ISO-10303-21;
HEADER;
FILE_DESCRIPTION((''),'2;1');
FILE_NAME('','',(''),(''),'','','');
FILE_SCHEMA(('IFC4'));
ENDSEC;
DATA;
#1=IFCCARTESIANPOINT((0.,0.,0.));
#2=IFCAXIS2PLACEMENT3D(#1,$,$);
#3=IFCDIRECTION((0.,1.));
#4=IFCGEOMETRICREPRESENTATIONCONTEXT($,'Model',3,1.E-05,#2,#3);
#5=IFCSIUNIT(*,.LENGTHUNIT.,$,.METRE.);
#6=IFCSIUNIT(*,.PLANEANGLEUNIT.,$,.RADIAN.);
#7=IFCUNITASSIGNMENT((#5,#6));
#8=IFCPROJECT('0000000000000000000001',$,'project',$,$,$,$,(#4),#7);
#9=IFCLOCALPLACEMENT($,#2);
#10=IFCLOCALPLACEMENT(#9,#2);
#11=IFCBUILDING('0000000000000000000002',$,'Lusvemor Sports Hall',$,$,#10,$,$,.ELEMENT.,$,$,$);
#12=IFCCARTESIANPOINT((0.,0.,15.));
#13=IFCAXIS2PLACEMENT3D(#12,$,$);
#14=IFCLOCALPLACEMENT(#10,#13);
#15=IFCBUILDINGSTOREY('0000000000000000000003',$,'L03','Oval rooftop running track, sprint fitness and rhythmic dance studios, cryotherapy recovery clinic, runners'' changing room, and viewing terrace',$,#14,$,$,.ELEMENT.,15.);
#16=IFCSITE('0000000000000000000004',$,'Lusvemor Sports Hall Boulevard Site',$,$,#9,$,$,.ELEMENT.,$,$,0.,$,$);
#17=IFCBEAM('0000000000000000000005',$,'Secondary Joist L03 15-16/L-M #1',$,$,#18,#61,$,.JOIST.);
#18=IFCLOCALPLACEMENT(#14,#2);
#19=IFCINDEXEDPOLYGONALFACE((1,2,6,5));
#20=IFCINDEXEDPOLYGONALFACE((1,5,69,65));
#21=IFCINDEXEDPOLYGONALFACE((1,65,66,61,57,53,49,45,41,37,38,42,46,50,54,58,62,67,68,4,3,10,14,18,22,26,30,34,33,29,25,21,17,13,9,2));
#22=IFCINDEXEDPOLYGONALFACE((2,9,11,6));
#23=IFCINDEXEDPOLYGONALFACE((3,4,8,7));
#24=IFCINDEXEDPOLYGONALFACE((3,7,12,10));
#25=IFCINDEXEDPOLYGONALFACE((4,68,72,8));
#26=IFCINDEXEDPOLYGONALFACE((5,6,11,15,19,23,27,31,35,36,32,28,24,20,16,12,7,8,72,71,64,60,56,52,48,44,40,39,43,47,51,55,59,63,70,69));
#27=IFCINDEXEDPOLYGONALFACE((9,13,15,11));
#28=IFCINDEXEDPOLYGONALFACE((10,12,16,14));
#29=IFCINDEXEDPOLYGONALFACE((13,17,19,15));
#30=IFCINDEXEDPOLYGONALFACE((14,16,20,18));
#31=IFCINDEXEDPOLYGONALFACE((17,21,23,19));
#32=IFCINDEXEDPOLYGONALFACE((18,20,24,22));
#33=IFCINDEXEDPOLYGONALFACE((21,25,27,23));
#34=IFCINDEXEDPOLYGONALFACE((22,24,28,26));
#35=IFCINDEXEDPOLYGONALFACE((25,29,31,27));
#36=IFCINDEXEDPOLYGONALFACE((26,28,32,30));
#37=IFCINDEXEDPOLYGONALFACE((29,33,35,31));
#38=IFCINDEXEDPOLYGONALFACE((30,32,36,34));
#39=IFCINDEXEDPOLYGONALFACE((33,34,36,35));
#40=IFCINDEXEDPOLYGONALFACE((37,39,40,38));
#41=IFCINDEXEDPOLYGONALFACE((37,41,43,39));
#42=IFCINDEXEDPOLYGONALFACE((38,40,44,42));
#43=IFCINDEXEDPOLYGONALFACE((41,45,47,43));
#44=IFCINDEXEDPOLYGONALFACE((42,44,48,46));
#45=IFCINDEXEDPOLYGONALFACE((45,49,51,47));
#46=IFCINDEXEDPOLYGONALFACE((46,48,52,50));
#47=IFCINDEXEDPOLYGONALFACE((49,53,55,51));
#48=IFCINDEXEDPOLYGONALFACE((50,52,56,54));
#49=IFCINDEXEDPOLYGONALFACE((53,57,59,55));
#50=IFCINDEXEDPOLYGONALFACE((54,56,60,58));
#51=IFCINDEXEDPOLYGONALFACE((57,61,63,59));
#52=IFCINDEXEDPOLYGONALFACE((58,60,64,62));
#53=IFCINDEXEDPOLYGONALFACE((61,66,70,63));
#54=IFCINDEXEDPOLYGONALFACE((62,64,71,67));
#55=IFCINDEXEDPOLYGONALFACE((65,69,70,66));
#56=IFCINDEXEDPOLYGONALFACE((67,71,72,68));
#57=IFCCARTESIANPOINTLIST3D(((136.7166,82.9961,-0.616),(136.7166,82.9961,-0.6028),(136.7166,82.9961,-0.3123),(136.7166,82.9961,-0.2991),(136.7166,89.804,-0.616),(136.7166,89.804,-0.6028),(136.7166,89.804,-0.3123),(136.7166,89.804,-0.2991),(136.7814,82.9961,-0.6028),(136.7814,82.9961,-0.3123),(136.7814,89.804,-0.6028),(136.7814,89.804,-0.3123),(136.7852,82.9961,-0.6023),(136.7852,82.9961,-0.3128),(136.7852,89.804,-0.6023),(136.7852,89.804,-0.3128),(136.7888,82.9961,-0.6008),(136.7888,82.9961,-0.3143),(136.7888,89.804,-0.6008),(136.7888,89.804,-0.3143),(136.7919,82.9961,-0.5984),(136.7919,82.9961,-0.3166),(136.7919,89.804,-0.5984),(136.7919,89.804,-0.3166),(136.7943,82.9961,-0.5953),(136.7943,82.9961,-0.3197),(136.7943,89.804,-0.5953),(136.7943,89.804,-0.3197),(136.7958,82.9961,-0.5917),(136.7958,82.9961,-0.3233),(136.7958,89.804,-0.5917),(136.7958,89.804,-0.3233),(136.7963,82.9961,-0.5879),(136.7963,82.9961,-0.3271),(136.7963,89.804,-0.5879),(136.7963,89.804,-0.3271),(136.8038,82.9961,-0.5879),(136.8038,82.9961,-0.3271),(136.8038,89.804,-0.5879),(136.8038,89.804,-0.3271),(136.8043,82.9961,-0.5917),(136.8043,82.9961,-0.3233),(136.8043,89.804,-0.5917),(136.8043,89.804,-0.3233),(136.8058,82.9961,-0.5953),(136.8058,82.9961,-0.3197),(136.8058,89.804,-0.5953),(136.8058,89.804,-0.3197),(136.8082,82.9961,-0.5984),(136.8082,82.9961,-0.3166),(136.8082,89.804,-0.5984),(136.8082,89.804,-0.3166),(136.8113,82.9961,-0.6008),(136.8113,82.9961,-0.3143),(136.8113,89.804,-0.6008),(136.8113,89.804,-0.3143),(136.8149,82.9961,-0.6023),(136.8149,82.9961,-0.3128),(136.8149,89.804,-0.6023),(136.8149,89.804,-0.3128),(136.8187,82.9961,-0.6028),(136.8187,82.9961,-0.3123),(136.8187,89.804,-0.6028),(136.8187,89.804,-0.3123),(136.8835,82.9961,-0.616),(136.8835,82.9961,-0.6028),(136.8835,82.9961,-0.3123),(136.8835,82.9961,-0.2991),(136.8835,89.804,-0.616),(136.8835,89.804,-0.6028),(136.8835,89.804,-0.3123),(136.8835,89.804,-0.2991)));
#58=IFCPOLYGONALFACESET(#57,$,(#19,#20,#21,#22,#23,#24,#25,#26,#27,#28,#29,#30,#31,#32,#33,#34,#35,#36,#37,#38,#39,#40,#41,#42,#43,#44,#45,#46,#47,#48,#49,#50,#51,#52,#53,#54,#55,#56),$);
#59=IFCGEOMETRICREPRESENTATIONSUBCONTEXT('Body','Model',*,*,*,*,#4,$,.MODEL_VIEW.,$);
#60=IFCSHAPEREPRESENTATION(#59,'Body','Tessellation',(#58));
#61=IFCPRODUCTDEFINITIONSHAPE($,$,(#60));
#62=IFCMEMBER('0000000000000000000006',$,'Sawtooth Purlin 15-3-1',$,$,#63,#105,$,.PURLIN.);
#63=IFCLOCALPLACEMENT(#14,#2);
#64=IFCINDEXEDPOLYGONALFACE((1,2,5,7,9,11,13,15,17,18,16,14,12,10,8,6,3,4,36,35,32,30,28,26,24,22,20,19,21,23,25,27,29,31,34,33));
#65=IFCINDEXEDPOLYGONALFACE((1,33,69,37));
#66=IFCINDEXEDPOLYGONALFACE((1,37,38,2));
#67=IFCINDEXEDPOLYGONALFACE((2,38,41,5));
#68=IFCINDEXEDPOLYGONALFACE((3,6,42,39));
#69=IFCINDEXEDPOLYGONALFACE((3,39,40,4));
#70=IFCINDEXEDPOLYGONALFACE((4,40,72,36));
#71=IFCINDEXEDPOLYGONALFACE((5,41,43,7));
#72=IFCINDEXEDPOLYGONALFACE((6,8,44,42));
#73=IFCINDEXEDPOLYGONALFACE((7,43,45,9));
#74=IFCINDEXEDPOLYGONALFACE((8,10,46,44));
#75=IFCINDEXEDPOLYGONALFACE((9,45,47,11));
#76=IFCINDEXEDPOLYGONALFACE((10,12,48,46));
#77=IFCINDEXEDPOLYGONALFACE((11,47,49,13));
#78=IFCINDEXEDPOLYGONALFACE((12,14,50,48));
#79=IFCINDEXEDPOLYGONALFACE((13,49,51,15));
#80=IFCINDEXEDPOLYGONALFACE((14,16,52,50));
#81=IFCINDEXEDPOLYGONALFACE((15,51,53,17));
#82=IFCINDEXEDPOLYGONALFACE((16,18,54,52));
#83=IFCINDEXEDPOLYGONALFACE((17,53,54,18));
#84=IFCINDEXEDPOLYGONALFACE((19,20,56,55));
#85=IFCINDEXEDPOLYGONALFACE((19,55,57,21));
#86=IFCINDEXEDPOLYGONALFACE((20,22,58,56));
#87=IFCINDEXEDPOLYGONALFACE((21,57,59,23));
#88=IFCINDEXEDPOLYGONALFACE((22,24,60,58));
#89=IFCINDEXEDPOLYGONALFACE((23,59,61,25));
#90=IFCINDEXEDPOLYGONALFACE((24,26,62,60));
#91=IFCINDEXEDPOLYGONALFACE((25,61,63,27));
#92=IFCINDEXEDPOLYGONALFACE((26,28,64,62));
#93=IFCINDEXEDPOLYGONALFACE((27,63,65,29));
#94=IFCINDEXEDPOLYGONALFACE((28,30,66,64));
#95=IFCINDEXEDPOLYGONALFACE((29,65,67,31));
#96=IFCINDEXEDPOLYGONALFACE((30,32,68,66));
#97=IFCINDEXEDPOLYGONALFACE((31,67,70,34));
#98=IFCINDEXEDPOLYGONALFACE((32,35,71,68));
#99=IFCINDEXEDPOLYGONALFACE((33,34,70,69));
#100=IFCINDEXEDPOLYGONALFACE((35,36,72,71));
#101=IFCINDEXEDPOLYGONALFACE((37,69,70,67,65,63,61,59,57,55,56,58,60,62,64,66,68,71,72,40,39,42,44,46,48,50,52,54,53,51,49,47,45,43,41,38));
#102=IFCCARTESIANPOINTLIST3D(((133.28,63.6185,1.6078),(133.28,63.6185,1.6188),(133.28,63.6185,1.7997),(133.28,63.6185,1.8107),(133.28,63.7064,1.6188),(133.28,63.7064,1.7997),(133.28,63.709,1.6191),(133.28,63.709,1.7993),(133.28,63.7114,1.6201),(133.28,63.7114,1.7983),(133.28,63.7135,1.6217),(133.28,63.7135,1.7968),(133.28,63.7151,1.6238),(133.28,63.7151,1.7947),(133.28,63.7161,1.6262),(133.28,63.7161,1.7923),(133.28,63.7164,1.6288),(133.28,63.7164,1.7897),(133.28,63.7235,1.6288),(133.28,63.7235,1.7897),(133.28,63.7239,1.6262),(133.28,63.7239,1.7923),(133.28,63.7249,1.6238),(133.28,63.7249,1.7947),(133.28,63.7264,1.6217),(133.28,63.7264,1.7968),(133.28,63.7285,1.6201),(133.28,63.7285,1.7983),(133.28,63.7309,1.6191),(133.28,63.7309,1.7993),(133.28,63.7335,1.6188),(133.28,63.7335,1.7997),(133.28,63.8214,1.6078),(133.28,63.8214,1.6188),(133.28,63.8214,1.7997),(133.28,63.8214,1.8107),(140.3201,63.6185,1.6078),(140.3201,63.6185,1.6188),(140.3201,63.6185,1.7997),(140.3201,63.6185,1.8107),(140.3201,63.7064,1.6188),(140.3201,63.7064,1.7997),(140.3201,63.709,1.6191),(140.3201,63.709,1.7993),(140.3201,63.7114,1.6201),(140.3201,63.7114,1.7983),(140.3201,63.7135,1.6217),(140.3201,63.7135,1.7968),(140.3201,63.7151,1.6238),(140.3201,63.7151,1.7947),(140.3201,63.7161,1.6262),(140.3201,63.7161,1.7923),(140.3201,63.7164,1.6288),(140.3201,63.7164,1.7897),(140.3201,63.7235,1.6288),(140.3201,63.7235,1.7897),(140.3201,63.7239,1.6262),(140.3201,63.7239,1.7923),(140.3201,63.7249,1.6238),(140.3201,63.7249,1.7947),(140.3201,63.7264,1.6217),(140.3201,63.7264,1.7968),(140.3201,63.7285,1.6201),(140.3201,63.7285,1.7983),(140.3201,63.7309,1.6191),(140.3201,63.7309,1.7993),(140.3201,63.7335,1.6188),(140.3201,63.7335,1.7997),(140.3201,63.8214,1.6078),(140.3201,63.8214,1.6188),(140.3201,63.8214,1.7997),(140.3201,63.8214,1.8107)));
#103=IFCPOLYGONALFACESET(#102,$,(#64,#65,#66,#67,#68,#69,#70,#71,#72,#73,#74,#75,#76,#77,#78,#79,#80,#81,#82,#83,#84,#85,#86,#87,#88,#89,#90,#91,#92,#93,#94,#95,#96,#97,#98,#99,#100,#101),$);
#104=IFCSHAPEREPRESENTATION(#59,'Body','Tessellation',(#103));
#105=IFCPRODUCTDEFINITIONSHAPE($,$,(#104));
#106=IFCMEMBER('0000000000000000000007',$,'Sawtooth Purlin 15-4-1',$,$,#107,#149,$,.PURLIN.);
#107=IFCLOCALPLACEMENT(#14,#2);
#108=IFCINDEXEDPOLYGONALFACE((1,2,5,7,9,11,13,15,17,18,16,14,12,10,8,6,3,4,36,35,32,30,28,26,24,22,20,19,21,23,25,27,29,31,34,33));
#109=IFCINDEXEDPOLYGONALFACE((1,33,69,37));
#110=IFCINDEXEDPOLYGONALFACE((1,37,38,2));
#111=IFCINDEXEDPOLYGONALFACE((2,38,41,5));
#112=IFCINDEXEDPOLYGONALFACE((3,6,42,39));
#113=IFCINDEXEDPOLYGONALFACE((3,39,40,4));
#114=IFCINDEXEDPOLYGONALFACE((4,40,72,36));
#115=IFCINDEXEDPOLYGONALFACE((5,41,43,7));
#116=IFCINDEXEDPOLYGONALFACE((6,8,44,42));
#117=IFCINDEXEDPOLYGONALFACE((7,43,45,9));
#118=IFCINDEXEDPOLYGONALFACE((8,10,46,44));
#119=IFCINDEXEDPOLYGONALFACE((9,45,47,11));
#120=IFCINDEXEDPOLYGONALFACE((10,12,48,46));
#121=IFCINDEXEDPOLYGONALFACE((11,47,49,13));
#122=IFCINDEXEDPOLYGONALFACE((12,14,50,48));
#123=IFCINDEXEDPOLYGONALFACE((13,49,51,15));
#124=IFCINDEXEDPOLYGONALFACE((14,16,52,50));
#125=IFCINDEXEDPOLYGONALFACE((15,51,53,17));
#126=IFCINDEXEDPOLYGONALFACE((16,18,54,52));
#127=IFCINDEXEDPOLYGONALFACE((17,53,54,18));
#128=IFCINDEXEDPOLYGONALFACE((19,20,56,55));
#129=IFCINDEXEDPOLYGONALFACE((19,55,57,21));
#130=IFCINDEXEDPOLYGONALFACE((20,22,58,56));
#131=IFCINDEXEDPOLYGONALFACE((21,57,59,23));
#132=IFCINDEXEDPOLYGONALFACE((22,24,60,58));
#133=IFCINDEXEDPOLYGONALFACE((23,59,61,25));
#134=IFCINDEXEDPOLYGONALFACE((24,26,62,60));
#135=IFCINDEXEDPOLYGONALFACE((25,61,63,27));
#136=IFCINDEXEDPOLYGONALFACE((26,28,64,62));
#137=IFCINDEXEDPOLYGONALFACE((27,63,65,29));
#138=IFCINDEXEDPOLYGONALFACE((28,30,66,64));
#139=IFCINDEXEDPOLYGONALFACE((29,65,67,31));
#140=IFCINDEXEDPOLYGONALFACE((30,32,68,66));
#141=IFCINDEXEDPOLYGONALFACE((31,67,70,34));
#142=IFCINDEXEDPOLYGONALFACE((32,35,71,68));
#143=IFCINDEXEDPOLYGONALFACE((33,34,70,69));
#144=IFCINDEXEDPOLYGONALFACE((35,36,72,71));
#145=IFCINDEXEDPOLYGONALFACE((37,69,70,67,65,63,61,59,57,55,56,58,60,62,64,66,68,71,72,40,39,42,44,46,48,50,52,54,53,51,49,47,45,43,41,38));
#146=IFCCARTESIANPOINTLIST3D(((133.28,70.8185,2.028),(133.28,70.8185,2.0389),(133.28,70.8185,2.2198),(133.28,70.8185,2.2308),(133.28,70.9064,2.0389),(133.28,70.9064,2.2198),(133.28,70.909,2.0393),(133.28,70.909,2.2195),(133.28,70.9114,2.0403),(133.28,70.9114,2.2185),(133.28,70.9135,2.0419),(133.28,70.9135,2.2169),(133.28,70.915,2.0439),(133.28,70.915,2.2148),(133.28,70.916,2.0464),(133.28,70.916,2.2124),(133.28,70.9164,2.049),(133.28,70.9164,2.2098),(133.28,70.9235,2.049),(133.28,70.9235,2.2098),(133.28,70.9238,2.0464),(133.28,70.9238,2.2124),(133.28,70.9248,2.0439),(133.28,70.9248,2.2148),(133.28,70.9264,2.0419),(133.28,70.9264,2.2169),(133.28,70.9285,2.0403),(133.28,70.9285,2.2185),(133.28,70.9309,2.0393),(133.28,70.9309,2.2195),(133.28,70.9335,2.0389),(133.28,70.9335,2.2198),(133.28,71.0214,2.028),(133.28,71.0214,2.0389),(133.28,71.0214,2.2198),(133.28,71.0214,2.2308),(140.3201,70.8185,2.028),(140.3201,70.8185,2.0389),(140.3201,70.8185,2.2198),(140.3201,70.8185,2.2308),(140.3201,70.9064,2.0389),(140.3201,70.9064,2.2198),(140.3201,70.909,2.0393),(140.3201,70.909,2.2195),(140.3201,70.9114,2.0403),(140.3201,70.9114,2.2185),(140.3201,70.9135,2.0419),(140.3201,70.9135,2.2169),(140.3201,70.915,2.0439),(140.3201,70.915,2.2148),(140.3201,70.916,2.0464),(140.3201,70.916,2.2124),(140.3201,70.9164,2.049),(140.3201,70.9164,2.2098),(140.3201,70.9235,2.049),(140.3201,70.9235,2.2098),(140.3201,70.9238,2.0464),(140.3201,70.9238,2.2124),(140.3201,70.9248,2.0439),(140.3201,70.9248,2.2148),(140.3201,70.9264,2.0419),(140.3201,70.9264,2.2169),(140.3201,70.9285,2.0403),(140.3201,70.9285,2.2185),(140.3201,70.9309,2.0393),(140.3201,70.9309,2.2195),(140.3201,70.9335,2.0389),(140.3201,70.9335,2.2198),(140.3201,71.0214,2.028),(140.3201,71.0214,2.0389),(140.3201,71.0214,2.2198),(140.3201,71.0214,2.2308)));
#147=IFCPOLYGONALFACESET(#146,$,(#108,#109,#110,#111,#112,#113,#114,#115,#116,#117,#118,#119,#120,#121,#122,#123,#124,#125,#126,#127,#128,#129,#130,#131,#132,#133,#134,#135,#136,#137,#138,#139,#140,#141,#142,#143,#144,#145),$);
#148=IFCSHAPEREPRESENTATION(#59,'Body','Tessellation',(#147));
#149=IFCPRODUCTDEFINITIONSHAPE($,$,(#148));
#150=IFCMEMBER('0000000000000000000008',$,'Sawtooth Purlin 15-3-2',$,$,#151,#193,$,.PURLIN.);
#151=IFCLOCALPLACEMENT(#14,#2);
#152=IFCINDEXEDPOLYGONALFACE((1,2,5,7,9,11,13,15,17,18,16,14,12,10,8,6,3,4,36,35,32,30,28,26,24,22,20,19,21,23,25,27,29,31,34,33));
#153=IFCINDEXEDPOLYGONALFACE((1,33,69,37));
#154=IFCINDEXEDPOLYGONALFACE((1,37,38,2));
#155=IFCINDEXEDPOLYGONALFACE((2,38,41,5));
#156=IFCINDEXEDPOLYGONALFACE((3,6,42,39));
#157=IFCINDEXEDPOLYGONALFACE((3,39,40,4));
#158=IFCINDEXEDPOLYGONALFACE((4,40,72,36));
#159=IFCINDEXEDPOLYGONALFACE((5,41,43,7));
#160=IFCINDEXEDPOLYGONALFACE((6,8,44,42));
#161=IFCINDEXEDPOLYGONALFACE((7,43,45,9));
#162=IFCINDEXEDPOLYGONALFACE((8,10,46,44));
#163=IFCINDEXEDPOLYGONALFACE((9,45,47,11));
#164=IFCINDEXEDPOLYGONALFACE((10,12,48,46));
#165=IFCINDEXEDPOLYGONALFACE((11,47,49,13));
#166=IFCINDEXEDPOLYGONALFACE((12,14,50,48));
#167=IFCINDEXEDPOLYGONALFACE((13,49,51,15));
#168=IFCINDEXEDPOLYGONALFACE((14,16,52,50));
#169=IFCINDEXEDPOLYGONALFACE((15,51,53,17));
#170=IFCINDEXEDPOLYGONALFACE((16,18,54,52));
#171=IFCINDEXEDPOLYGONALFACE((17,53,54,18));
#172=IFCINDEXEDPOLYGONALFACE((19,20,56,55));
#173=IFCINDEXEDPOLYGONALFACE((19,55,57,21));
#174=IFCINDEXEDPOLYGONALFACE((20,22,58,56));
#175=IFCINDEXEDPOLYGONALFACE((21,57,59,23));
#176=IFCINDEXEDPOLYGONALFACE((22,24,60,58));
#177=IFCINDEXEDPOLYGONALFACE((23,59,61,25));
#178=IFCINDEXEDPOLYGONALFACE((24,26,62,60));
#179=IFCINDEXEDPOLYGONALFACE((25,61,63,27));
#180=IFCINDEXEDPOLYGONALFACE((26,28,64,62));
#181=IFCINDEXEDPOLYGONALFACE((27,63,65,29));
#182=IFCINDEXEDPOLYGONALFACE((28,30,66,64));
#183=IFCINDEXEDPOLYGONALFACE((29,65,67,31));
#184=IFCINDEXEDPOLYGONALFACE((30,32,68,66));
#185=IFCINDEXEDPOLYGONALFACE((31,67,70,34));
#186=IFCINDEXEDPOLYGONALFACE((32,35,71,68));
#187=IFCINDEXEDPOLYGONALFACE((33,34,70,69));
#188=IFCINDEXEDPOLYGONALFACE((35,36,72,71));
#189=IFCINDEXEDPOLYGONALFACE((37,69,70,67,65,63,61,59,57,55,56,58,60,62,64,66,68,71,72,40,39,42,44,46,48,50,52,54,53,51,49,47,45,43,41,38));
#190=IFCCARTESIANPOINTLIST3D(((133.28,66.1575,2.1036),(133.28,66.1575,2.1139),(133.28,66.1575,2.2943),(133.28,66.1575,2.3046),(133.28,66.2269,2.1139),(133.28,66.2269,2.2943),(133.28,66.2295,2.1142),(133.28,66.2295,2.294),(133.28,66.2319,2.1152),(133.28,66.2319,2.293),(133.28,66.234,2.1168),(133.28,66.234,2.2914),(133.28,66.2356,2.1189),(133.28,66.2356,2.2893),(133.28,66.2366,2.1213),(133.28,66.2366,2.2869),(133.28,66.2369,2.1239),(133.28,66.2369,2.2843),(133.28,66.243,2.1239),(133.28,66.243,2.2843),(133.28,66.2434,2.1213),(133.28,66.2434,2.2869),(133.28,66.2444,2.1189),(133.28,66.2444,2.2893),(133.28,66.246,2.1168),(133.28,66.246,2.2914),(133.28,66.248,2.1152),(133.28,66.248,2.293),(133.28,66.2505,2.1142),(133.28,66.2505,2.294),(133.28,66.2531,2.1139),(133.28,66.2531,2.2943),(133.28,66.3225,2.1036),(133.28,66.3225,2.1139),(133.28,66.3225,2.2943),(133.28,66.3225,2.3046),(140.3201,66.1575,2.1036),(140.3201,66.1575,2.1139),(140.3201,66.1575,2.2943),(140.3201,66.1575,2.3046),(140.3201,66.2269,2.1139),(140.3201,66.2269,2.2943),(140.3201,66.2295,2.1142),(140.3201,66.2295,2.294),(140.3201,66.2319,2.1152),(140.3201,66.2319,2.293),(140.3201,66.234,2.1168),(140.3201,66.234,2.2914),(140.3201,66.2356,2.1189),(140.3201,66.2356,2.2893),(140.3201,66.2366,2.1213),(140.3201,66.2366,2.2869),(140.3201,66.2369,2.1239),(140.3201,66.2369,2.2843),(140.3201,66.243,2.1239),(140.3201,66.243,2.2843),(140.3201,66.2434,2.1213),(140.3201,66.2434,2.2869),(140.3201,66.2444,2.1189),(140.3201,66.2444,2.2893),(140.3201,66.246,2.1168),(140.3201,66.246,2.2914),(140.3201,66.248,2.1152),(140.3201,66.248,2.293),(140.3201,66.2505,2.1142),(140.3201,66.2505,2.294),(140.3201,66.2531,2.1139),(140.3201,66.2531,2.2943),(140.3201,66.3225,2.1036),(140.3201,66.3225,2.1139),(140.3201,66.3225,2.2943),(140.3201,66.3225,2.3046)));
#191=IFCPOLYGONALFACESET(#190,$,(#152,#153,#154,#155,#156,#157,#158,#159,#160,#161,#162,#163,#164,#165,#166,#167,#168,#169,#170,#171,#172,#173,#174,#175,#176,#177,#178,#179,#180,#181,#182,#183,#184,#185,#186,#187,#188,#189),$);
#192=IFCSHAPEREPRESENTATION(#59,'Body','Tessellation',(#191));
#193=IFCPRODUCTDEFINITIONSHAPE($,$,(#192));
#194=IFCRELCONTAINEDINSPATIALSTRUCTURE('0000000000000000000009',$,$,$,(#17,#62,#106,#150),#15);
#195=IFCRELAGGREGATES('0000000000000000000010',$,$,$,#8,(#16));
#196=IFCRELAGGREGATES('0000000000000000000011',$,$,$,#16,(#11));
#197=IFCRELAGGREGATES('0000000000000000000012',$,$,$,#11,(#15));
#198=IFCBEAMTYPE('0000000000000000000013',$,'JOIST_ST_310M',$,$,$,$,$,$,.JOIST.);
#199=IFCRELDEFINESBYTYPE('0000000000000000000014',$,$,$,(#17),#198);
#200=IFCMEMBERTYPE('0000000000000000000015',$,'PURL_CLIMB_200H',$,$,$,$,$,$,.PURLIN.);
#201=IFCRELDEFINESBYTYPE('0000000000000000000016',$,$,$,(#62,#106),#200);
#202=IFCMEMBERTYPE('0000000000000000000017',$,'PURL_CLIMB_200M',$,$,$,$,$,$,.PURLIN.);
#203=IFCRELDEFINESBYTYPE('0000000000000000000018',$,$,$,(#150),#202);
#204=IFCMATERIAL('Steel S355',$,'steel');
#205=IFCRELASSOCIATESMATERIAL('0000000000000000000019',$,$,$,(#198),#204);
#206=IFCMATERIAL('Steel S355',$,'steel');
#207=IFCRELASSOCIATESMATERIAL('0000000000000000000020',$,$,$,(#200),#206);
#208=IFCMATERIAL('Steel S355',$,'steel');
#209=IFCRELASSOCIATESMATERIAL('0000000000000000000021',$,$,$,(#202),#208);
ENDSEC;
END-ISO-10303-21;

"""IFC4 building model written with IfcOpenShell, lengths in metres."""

from ifc_helpers import new_model, si_unit, direction, frame, origin, origin_2d, place, context, subcontext, project, spatial, i_section, extrude, material, material_profile, profile_set, type_object, element, save


model = new_model("IFC4")

# Units and contexts
model_context = context("Model", 3, precision=1e-05, world=origin(), true_north=direction((0.0, 1.0)))
body_context = subcontext(model_context, "Body", "Model", "MODEL_VIEW")
ifc_project = project(units=[si_unit("LENGTHUNIT", "METRE"), si_unit("PLANEANGLEUNIT", "RADIAN")], contexts=[model_context])

# Site, building, storey
site_placement = place(None, origin())
site = spatial("IfcSite", under=ifc_project, at=site_placement, Name="Lusvemor Sports Hall Boulevard Site", CompositionType="ELEMENT", RefElevation=0.0)
building_placement = place(site_placement, origin())
building = spatial("IfcBuilding", under=site, at=building_placement, Name="Lusvemor Sports Hall", CompositionType="ELEMENT")
storey_placement = place(building_placement, frame((0.0, 0.0, 15.0)))
storey = spatial("IfcBuildingStorey", under=building, at=storey_placement, Name="L03", Description="Oval rooftop running track, sprint fitness and rhythmic dance studios, cryotherapy recovery clinic, runners' changing room, and viewing terrace", CompositionType="ELEMENT", Elevation=15.0)

# Beam
ifc_material_1 = material(Name="Steel S355", Category="steel")
ifc_material_profile_1 = material_profile(ifc_material_1, i_section(OverallWidth=0.167, OverallDepth=0.3169, WebThickness=0.0076, FlangeThickness=0.0132, FilletRadius=0.0149, at=origin_2d()), Name="W310x52.0")
ifc_profile_set_1 = profile_set([ifc_material_profile_1], Name="Steel S355")
beam_type_1 = type_object("IfcBeamType", Name="JOIST_ST_310M", PredefinedType="JOIST", material=ifc_profile_set_1)
for number, where, z_axis, x_axis, name in (
    (1, (136.8, 82.9961, -0.4575), (0.0, 1.0, 0.0), (-1.0, 0.0, 0.0), "Secondary Joist L03 15-16/L-M #1"),
):
    element("IfcBeam", number, at=place(storey_placement, frame(where, z_axis=z_axis, x_axis=x_axis)), inside=storey, type_object=beam_type_1, Name=name, PredefinedType="JOIST", context=body_context, shape_type="SweptSolid", body=[
        extrude(i_section(OverallWidth=0.167, OverallDepth=0.3169, WebThickness=0.0076, FlangeThickness=0.0132, FilletRadius=0.0149, at=origin_2d()), origin(), (0.0, 0.0, 1.0), 6.8079),
    ])

# Members
ifc_material_2 = material(Name="Steel S355", Category="steel")
ifc_material_profile_2 = material_profile(ifc_material_2, i_section(OverallWidth=0.2029, OverallDepth=0.2029, WebThickness=0.0071, FlangeThickness=0.011, FilletRadius=0.01, at=origin_2d()), Name="W200x46.1")
ifc_profile_set_2 = profile_set([ifc_material_profile_2], Name="Steel S355")
member_type_1 = type_object("IfcMemberType", Name="PURL_CLIMB_200H", PredefinedType="PURLIN", material=ifc_profile_set_2)
for number, where, z_axis, x_axis, name in (
    (2, (133.28, 63.72, 1.7092), (1.0, 0.0, 0.0), (0.0, 1.0, 0.0), "Sawtooth Purlin 15-3-1"),
    (3, (133.28, 70.9199, 2.1294), (1.0, 0.0, 0.0), (0.0, 1.0, 0.0), "Sawtooth Purlin 15-4-1"),
):
    element("IfcMember", number, at=place(storey_placement, frame(where, z_axis=z_axis, x_axis=x_axis)), inside=storey, type_object=member_type_1, Name=name, PredefinedType="PURLIN", context=body_context, shape_type="SweptSolid", body=[
        extrude(i_section(OverallWidth=0.2029, OverallDepth=0.2029, WebThickness=0.0071, FlangeThickness=0.011, FilletRadius=0.01, at=origin_2d()), origin(), (0.0, 0.0, 1.0), 7.04),
    ])
ifc_material_3 = material(Name="Steel S355", Category="steel")
ifc_material_profile_3 = material_profile(ifc_material_3, i_section(OverallWidth=0.165, OverallDepth=0.2009, WebThickness=0.0061, FlangeThickness=0.0103, FilletRadius=0.01, at=origin_2d()), Name="W200x35.9")
ifc_profile_set_3 = profile_set([ifc_material_profile_3], Name="Steel S355")
member_type_2 = type_object("IfcMemberType", Name="PURL_CLIMB_200M", PredefinedType="PURLIN", material=ifc_profile_set_3)
for number, where, z_axis, x_axis, name in (
    (4, (133.28, 66.24, 2.2041), (1.0, 0.0, 0.0), (0.0, 1.0, 0.0), "Sawtooth Purlin 15-3-2"),
):
    element("IfcMember", number, at=place(storey_placement, frame(where, z_axis=z_axis, x_axis=x_axis)), inside=storey, type_object=member_type_2, Name=name, PredefinedType="PURLIN", context=body_context, shape_type="SweptSolid", body=[
        extrude(i_section(OverallWidth=0.165, OverallDepth=0.2009, WebThickness=0.0061, FlangeThickness=0.0103, FilletRadius=0.01, at=origin_2d()), origin(), (0.0, 0.0, 1.0), 7.04),
    ])

save(model, "model.ifc")
